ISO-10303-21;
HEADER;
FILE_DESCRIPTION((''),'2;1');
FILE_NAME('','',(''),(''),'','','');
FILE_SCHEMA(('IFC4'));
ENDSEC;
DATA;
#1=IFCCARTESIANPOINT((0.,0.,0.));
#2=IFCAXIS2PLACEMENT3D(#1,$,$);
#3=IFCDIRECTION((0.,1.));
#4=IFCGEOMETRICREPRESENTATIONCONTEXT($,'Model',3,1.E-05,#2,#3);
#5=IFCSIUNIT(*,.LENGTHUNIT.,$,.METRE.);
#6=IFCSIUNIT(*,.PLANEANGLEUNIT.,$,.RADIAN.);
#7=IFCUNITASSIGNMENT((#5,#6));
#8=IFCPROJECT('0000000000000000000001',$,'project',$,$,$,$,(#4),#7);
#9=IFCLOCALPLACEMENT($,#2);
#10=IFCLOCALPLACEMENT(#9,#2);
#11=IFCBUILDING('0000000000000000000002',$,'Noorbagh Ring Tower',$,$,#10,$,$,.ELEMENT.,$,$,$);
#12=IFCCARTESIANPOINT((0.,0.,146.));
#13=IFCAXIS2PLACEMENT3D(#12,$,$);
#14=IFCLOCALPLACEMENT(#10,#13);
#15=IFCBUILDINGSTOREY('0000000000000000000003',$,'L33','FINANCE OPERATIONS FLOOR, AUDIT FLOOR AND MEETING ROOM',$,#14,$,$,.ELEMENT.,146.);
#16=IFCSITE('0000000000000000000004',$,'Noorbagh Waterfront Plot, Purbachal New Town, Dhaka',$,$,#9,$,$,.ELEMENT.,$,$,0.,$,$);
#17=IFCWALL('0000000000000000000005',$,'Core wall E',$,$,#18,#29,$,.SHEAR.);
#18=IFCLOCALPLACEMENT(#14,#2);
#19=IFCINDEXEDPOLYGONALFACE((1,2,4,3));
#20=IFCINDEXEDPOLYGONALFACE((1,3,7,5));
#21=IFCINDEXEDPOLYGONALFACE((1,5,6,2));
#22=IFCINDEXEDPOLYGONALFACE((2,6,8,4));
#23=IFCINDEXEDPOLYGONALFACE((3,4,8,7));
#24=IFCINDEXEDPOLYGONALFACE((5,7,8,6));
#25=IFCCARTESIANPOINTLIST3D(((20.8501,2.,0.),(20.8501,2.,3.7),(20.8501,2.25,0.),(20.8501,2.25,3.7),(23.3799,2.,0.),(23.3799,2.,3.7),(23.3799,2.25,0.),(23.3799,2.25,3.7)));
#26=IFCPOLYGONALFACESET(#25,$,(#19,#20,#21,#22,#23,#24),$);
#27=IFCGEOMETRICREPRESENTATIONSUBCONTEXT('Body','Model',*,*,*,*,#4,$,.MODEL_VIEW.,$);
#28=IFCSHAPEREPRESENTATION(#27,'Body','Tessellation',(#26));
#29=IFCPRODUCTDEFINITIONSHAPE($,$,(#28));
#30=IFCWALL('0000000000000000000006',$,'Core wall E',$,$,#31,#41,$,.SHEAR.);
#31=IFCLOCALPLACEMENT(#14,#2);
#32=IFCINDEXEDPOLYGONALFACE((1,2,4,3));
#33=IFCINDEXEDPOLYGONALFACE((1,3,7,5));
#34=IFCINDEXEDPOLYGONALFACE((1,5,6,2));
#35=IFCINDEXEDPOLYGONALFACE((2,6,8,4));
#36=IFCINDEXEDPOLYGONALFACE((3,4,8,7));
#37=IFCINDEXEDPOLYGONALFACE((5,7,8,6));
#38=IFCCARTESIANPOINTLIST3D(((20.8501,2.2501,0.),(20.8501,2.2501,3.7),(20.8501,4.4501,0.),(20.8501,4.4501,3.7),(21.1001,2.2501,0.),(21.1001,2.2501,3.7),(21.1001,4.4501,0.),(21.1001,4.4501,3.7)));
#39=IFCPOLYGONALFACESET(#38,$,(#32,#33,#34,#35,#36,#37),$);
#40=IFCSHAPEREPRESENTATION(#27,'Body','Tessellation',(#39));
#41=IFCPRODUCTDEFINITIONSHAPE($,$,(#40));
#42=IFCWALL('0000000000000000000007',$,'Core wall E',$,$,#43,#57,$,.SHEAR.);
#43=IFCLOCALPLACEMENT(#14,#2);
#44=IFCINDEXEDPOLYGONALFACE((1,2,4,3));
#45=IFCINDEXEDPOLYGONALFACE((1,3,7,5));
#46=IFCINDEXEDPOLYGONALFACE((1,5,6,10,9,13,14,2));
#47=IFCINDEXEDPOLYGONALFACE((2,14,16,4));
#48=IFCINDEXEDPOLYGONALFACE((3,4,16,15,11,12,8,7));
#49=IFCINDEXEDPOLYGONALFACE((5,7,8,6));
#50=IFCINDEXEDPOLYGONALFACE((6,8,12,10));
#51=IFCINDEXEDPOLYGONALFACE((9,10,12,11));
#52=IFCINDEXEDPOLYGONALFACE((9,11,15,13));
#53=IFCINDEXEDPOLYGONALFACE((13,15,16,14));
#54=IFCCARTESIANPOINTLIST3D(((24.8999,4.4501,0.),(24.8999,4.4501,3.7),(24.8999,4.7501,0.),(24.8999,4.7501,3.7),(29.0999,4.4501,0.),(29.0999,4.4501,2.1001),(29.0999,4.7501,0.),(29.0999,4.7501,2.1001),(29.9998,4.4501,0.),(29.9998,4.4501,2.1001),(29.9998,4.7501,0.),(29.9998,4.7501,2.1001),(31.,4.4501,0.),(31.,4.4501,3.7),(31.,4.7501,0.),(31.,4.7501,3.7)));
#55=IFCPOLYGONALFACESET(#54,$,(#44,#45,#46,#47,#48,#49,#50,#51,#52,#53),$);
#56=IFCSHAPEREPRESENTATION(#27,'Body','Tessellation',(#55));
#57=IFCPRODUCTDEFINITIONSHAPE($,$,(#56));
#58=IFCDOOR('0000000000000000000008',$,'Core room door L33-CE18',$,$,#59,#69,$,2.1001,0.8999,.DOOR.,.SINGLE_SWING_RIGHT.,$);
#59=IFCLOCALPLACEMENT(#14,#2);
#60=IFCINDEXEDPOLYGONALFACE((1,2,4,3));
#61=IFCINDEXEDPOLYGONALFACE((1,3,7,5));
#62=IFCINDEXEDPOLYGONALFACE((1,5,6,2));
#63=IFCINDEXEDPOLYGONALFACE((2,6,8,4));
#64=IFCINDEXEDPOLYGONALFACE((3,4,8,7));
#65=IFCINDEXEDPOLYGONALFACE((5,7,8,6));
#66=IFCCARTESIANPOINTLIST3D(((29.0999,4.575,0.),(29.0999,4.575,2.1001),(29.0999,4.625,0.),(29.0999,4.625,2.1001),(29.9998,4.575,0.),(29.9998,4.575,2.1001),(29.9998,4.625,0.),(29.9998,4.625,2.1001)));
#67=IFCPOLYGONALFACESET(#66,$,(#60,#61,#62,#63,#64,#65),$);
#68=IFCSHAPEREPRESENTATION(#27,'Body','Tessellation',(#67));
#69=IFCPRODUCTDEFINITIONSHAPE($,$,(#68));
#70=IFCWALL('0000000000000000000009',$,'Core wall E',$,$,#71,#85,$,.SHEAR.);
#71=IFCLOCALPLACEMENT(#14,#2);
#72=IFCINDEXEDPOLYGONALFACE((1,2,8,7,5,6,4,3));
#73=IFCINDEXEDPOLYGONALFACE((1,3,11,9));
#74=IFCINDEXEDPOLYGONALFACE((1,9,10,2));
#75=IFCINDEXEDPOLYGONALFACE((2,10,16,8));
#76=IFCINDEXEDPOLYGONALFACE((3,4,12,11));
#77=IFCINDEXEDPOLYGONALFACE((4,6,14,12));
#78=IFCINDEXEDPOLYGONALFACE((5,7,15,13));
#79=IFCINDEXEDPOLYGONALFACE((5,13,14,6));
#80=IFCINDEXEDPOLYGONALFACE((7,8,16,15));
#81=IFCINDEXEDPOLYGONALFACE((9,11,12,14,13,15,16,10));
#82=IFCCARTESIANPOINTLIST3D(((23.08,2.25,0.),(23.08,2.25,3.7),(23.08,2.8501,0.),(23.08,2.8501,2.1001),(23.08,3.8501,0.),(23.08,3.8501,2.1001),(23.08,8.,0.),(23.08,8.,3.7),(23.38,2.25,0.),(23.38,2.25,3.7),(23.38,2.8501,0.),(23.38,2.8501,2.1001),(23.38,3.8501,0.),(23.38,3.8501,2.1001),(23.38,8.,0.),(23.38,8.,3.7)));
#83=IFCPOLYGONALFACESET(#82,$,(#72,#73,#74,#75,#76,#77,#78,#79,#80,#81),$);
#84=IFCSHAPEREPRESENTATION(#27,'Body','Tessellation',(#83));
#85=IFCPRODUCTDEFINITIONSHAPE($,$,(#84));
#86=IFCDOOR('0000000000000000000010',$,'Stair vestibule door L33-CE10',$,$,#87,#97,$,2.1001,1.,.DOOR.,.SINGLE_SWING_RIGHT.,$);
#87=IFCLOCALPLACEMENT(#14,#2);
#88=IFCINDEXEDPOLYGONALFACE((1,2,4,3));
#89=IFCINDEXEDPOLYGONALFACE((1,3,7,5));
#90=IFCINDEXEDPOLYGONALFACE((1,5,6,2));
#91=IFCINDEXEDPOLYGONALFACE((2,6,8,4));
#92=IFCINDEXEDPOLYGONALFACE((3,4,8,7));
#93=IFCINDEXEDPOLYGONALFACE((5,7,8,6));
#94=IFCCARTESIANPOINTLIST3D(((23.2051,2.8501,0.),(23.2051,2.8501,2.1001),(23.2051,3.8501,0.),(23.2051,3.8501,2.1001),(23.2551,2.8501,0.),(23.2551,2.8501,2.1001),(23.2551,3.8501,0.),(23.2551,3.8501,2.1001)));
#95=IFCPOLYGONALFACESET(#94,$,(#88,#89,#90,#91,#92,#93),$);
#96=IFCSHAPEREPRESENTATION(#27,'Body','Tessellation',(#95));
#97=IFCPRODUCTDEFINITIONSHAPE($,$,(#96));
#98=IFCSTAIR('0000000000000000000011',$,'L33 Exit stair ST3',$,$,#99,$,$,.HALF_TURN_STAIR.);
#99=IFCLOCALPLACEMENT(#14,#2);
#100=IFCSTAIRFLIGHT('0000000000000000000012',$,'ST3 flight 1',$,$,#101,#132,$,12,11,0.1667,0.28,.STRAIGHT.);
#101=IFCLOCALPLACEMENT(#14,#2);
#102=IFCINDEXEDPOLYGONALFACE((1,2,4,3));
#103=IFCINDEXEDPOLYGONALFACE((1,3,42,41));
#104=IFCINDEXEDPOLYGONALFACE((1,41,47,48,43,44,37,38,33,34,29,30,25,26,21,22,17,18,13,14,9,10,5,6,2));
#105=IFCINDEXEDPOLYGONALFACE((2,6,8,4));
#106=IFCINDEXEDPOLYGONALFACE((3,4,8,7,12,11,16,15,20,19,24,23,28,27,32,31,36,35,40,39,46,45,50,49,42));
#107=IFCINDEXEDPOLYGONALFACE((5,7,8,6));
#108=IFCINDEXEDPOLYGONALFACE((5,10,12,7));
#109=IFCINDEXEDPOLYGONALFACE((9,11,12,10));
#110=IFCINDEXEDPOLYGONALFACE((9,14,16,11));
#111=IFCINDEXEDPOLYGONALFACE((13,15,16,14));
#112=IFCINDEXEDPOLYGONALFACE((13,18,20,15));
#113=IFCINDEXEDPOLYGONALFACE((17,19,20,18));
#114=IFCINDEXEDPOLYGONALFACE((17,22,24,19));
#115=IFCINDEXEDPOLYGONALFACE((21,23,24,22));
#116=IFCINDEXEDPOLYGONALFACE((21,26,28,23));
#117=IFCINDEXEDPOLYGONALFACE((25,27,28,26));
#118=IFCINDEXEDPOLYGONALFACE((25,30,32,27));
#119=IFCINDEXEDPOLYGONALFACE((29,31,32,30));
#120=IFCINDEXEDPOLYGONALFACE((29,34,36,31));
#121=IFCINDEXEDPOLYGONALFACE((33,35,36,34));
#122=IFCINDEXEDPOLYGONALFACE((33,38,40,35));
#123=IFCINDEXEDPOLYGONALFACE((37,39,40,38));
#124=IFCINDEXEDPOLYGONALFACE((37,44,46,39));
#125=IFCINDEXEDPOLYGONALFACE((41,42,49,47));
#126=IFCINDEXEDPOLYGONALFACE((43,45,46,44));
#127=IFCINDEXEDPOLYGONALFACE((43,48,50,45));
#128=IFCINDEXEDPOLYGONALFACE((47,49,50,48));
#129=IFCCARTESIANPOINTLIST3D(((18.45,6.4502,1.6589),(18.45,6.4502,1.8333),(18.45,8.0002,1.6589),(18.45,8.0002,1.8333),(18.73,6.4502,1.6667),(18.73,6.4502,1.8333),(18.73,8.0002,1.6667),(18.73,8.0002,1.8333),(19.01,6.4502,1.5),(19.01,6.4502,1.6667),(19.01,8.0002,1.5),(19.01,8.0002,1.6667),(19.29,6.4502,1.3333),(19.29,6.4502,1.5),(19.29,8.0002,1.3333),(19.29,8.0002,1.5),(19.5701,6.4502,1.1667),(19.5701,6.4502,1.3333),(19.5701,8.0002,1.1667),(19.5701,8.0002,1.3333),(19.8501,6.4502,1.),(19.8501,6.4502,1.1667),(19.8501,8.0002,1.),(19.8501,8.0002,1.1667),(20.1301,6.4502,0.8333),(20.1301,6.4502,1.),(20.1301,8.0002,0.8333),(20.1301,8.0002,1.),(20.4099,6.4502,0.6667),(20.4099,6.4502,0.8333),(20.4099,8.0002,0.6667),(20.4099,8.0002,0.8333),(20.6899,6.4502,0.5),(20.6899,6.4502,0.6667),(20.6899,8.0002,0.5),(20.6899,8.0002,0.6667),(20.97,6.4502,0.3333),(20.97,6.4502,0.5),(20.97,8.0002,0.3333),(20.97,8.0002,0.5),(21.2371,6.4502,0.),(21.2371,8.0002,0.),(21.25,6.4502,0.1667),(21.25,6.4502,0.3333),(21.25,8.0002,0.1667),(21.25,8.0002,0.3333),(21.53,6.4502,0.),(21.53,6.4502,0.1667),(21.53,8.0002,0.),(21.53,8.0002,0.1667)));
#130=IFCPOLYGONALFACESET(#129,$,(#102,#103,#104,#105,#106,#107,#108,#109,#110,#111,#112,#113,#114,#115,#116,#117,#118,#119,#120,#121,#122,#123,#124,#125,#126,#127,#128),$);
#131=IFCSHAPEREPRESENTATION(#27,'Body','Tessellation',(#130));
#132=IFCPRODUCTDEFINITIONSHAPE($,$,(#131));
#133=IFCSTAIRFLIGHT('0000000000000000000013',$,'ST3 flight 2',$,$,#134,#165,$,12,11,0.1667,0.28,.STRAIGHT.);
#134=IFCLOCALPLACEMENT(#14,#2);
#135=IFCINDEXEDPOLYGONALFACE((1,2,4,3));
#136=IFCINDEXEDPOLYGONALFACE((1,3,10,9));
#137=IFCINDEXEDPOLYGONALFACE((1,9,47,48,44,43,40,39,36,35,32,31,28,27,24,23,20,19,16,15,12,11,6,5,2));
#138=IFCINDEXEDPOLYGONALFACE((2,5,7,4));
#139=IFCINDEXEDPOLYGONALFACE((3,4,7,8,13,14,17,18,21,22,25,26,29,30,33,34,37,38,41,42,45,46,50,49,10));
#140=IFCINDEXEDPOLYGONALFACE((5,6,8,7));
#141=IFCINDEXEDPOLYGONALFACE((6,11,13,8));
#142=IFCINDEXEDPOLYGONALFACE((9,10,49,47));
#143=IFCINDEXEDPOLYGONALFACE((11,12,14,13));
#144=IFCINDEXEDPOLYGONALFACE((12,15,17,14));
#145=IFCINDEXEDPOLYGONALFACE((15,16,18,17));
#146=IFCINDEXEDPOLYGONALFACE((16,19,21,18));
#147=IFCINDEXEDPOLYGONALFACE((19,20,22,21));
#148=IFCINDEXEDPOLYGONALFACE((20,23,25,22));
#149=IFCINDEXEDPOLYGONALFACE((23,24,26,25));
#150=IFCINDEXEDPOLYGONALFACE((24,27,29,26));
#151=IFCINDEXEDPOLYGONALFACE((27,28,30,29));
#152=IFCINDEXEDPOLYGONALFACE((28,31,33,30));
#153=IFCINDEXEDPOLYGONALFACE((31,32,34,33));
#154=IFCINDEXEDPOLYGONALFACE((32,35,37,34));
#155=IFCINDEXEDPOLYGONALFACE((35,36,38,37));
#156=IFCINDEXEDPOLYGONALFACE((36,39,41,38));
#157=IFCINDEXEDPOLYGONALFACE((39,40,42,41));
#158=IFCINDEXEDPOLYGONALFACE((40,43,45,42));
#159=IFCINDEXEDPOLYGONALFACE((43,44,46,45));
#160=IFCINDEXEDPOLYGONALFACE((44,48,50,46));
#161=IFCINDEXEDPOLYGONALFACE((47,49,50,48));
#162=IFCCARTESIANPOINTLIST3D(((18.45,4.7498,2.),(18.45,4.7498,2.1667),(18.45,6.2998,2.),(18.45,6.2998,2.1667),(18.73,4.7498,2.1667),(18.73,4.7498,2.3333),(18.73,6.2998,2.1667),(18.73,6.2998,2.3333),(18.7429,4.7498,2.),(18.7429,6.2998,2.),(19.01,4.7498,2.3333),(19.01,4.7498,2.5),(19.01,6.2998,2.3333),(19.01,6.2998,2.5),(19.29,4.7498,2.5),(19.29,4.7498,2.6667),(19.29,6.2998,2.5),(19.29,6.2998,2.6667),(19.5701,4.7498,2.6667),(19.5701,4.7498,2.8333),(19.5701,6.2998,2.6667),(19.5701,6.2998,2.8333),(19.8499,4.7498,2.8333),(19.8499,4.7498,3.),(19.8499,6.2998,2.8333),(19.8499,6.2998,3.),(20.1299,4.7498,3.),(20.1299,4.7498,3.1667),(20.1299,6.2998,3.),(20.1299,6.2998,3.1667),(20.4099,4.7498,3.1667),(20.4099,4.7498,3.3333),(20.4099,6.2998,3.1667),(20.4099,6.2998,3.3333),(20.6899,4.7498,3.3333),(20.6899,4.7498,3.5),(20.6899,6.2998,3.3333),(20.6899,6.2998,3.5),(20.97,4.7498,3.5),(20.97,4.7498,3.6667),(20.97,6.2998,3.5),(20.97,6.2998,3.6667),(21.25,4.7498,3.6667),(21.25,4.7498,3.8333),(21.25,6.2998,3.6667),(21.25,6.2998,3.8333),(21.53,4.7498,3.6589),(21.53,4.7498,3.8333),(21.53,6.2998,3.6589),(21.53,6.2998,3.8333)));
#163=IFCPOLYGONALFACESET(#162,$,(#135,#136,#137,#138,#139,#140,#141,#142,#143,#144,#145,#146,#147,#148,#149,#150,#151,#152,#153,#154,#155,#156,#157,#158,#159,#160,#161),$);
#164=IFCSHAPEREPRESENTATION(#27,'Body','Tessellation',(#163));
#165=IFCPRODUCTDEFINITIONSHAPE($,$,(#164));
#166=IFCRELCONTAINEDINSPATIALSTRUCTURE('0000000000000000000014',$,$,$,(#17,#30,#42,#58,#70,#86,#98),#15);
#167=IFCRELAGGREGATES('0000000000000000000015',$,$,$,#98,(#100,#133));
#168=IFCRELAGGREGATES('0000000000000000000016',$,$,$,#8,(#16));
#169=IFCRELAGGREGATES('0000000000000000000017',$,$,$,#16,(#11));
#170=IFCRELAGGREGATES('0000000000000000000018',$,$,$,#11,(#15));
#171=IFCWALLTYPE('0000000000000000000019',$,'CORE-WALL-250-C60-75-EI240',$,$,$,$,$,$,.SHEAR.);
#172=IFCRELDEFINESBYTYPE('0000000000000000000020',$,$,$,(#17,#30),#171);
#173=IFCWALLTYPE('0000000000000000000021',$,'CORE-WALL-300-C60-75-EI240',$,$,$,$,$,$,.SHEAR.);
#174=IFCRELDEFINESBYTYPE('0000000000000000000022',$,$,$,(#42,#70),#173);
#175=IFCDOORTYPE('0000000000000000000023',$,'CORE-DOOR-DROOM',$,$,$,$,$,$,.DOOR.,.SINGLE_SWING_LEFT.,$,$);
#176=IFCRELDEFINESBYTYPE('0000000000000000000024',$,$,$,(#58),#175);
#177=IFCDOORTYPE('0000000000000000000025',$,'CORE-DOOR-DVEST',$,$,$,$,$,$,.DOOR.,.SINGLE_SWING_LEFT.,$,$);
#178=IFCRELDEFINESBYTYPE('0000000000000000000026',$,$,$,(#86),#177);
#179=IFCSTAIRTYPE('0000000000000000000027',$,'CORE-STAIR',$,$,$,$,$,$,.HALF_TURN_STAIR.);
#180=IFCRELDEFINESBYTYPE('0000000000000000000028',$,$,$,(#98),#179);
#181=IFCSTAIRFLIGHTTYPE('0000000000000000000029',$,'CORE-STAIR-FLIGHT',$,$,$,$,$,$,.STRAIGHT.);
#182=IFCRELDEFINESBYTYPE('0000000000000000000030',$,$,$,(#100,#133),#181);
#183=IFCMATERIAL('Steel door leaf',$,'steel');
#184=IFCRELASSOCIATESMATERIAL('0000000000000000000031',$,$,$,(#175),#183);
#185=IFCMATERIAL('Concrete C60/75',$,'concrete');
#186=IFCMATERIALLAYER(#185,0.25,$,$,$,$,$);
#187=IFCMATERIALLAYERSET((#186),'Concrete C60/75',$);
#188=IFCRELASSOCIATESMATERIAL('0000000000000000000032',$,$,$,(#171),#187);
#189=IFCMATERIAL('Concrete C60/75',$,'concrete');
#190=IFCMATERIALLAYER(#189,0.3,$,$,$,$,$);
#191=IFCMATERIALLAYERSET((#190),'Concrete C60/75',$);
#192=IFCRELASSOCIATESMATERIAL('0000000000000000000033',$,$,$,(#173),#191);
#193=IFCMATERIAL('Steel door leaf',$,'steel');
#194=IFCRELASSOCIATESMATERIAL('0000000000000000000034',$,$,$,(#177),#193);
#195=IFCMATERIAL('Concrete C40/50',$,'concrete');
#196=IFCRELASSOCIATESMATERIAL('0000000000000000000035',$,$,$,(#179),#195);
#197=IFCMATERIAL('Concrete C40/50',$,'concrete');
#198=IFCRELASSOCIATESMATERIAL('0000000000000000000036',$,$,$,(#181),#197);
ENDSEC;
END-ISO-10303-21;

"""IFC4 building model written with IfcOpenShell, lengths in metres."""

from ifc_helpers import new_model, si_unit, direction, frame, frame_2d, origin, place, context, subcontext, project, spatial, polyline, rectangle, outline, extrude, material, layer, layer_set, type_object, element, fill, aggregate, save


model = new_model("IFC4")

# Units and contexts
model_context = context("Model", 3, precision=1e-05, world=origin(), true_north=direction((0.0, 1.0)))
body_context = subcontext(model_context, "Body", "Model", "MODEL_VIEW")
ifc_project = project(units=[si_unit("LENGTHUNIT", "METRE"), si_unit("PLANEANGLEUNIT", "RADIAN")], contexts=[model_context])

# Site, building, storey
site_placement = place(None, origin())
site = spatial("IfcSite", under=ifc_project, at=site_placement, Name="Noorbagh Waterfront Plot, Purbachal New Town, Dhaka", CompositionType="ELEMENT", RefElevation=0.0)
building_placement = place(site_placement, origin())
building = spatial("IfcBuilding", under=site, at=building_placement, Name="Noorbagh Ring Tower", CompositionType="ELEMENT")
storey_placement = place(building_placement, frame((0.0, 0.0, 146.0)))
storey = spatial("IfcBuildingStorey", under=building, at=storey_placement, Name="L33", Description="FINANCE OPERATIONS FLOOR, AUDIT FLOOR AND MEETING ROOM", CompositionType="ELEMENT", Elevation=146.0)

# Shared definitions
ifc_material_1 = material(Name="Steel door leaf", Category="steel")
door_type_1 = type_object("IfcDoorType", Name="CORE-DOOR-DROOM", OperationType="SINGLE_SWING_LEFT", PredefinedType="DOOR", material=ifc_material_1)

# Walls
ifc_material_2 = material(Name="Concrete C60/75", Category="concrete")
ifc_layer_1 = layer(ifc_material_2, 0.25)
ifc_layer_set_1 = layer_set([ifc_layer_1], Name="Concrete C60/75")
wall_type_1 = type_object("IfcWallType", Name="CORE-WALL-250-C60-75-EI240", PredefinedType="SHEAR", material=ifc_layer_set_1)
wall_1_placement = place(storey_placement, frame((20.8501, 2.125, 0.0), z_axis=(0.0, 0.0, 1.0), x_axis=(1.0, 0.0, 0.0)))
element("IfcWall", 1, at=wall_1_placement, inside=storey, type_object=wall_type_1, Name="Core wall E", PredefinedType="SHEAR", context=body_context, shape_type="SweptSolid", body=[
    extrude(rectangle(XDim=2.5298, YDim=0.25, at=frame_2d((1.2649, 0.0))), origin(), (0.0, 0.0, 1.0), 3.7),
])
wall_2_placement = place(storey_placement, frame((20.9751, 2.25, 0.0), z_axis=(0.0, 0.0, 1.0), x_axis=(0.0, 1.0, 0.0)))
element("IfcWall", 2, at=wall_2_placement, inside=storey, type_object=wall_type_1, Name="Core wall E", PredefinedType="SHEAR", context=body_context, shape_type="SweptSolid", body=[
    extrude(rectangle(XDim=2.2, YDim=0.25, at=frame_2d((1.1001, 0.0))), origin(), (0.0, 0.0, 1.0), 3.7),
])

# Walls, openings, doors
ifc_material_3 = material(Name="Concrete C60/75", Category="concrete")
ifc_layer_2 = layer(ifc_material_3, 0.3)
ifc_layer_set_2 = layer_set([ifc_layer_2], Name="Concrete C60/75")
wall_type_2 = type_object("IfcWallType", Name="CORE-WALL-300-C60-75-EI240", PredefinedType="SHEAR", material=ifc_layer_set_2)
wall_3_placement = place(storey_placement, frame((24.8999, 4.6001, 0.0), z_axis=(0.0, 0.0, 1.0), x_axis=(1.0, 0.0, 0.0)))
wall_3 = element("IfcWall", 3, at=wall_3_placement, inside=storey, type_object=wall_type_2, Name="Core wall E", PredefinedType="SHEAR", context=body_context, shape_type="SweptSolid", body=[
    extrude(rectangle(XDim=6.1001, YDim=0.3, at=frame_2d((3.05, 0.0))), origin(), (0.0, 0.0, 1.0), 3.7),
])
opening_1_placement = place(wall_3_placement, frame((4.2, 0.0, 0.0)))
opening_1 = element("IfcOpeningElement", 4, at=opening_1_placement, cuts=wall_3, PredefinedType="OPENING", context=body_context, shape_type="SweptSolid", body=[
    extrude(rectangle(XDim=0.8999, YDim=2.1001, at=frame_2d((0.45, 1.05))), frame((0.0, 0.1602, 0.0), z_axis=(0.0, -1.0, 0.0), x_axis=(1.0, 0.0, 0.0)), (0.0, 0.0, 1.0), 0.3201),
])
door_1_placement = place(opening_1_placement, origin())
door_1 = element("IfcDoor", 5, at=door_1_placement, inside=storey, type_object=door_type_1, Name="Core room door L33-CE18", OperationType="SINGLE_SWING_RIGHT", OverallHeight=2.1001, OverallWidth=0.8999, PredefinedType="DOOR", context=body_context, shape_type="SweptSolid", body=[
    extrude(rectangle(XDim=0.8999, YDim=2.1001, at=frame_2d((0.45, 1.05))), frame((0.0, 0.0249, 0.0), z_axis=(0.0, -1.0, 0.0), x_axis=(1.0, 0.0, 0.0)), (0.0, 0.0, 1.0), 0.05),
])
fill(opening_1, door_1)
wall_4_placement = place(storey_placement, frame((23.23, 2.25, 0.0), z_axis=(0.0, 0.0, 1.0), x_axis=(0.0, 1.0, 0.0)))
wall_4 = element("IfcWall", 6, at=wall_4_placement, inside=storey, type_object=wall_type_2, Name="Core wall E", PredefinedType="SHEAR", context=body_context, shape_type="SweptSolid", body=[
    extrude(rectangle(XDim=5.75, YDim=0.3, at=frame_2d((2.875, 0.0))), origin(), (0.0, 0.0, 1.0), 3.7),
])
opening_2_placement = place(wall_4_placement, frame((0.6001, 0.0, 0.0)))
opening_2 = element("IfcOpeningElement", 7, at=opening_2_placement, cuts=wall_4, PredefinedType="OPENING", context=body_context, shape_type="SweptSolid", body=[
    extrude(rectangle(XDim=1.0, YDim=2.1001, at=frame_2d((0.5, 1.05))), frame((0.0, 0.1602, 0.0), z_axis=(0.0, -1.0, 0.0), x_axis=(1.0, 0.0, 0.0)), (0.0, 0.0, 1.0), 0.3201),
])
ifc_material_4 = material(Name="Steel door leaf", Category="steel")
door_type_2 = type_object("IfcDoorType", Name="CORE-DOOR-DVEST", OperationType="SINGLE_SWING_LEFT", PredefinedType="DOOR", material=ifc_material_4)
door_2_placement = place(opening_2_placement, origin())
door_2 = element("IfcDoor", 8, at=door_2_placement, inside=storey, type_object=door_type_2, Name="Stair vestibule door L33-CE10", OperationType="SINGLE_SWING_RIGHT", OverallHeight=2.1001, OverallWidth=1.0, PredefinedType="DOOR", context=body_context, shape_type="SweptSolid", body=[
    extrude(rectangle(XDim=1.0, YDim=2.1001, at=frame_2d((0.5, 1.05))), frame((0.0, 0.0249, 0.0), z_axis=(0.0, -1.0, 0.0), x_axis=(1.0, 0.0, 0.0)), (0.0, 0.0, 1.0), 0.05),
])
fill(opening_2, door_2)

# Stair, stair flights
ifc_material_5 = material(Name="Concrete C40/50", Category="concrete")
stair_type = type_object("IfcStairType", Name="CORE-STAIR", PredefinedType="HALF_TURN_STAIR", material=ifc_material_5)
stair_placement = place(storey_placement, origin())
stair = element("IfcStair", 9, at=stair_placement, inside=storey, type_object=stair_type, Name="L33 Exit stair ST3", PredefinedType="HALF_TURN_STAIR")
ifc_material_6 = material(Name="Concrete C40/50", Category="concrete")
stair_flight_type = type_object("IfcStairFlightType", Name="CORE-STAIR-FLIGHT", PredefinedType="STRAIGHT", material=ifc_material_6)
stair_flight_1_placement = place(storey_placement, frame((21.53, 7.2251, 0.0), z_axis=(0.0, 0.0, 1.0), x_axis=(-1.0, 0.0, 0.0)))
stair_flight_1 = element("IfcStairFlight", 10, at=stair_flight_1_placement, type_object=stair_flight_type, Name="ST3 flight 1", NumberOfRisers=12, NumberOfTreads=11, PredefinedType="STRAIGHT", RiserHeight=0.1667, TreadLength=0.28, context=body_context, shape_type="SweptSolid", body=[
    extrude(outline(polyline([(0.0, 0.0), (0.0, 0.1667), (0.28, 0.1667), (0.28, 0.3333), (0.5601, 0.3333), (0.5601, 0.5), (0.8401, 0.5), (0.8401, 0.6667), (1.1201, 0.6667), (1.1201, 0.8333), (1.3999, 0.8333), (1.3999, 1.0), (1.6799, 1.0), (1.6799, 1.1667), (1.96, 1.1667), (1.96, 1.3333), (2.24, 1.3333), (2.24, 1.5), (2.52, 1.5), (2.52, 1.6667), (2.8, 1.6667), (2.8, 1.8333), (3.0801, 1.8333), (3.0801, 2.0), (3.0801, 1.6589), (0.293, 0.0), (0.0, 0.0)])), frame((0.0, 0.7749, 0.0), z_axis=(0.0, -1.0, 0.0), x_axis=(1.0, 0.0, 0.0)), (0.0, 0.0, 1.0), 1.55),
])
stair_flight_2_placement = place(storey_placement, frame((18.45, 5.5249, 2.0), z_axis=(0.0, 0.0, 1.0), x_axis=(1.0, 0.0, 0.0)))
stair_flight_2 = element("IfcStairFlight", 11, at=stair_flight_2_placement, type_object=stair_flight_type, Name="ST3 flight 2", NumberOfRisers=12, NumberOfTreads=11, PredefinedType="STRAIGHT", RiserHeight=0.1667, TreadLength=0.28, context=body_context, shape_type="SweptSolid", body=[
    extrude(outline(polyline([(0.0, 0.0), (0.0, 0.1667), (0.28, 0.1667), (0.28, 0.3333), (0.5601, 0.3333), (0.5601, 0.5), (0.8401, 0.5), (0.8401, 0.6667), (1.1201, 0.6667), (1.1201, 0.8333), (1.3999, 0.8333), (1.3999, 1.0), (1.6799, 1.0), (1.6799, 1.1667), (1.96, 1.1667), (1.96, 1.3333), (2.24, 1.3333), (2.24, 1.5), (2.52, 1.5), (2.52, 1.6667), (2.8, 1.6667), (2.8, 1.8333), (3.0801, 1.8333), (3.0801, 2.0), (3.0801, 1.6589), (0.293, 0.0), (0.0, 0.0)])), frame((0.0, 0.7749, 0.0), z_axis=(0.0, -1.0, 0.0), x_axis=(1.0, 0.0, 0.0)), (0.0, 0.0, 1.0), 1.55),
])
aggregate(stair, [stair_flight_1, stair_flight_2])

save(model, "model.ifc")
